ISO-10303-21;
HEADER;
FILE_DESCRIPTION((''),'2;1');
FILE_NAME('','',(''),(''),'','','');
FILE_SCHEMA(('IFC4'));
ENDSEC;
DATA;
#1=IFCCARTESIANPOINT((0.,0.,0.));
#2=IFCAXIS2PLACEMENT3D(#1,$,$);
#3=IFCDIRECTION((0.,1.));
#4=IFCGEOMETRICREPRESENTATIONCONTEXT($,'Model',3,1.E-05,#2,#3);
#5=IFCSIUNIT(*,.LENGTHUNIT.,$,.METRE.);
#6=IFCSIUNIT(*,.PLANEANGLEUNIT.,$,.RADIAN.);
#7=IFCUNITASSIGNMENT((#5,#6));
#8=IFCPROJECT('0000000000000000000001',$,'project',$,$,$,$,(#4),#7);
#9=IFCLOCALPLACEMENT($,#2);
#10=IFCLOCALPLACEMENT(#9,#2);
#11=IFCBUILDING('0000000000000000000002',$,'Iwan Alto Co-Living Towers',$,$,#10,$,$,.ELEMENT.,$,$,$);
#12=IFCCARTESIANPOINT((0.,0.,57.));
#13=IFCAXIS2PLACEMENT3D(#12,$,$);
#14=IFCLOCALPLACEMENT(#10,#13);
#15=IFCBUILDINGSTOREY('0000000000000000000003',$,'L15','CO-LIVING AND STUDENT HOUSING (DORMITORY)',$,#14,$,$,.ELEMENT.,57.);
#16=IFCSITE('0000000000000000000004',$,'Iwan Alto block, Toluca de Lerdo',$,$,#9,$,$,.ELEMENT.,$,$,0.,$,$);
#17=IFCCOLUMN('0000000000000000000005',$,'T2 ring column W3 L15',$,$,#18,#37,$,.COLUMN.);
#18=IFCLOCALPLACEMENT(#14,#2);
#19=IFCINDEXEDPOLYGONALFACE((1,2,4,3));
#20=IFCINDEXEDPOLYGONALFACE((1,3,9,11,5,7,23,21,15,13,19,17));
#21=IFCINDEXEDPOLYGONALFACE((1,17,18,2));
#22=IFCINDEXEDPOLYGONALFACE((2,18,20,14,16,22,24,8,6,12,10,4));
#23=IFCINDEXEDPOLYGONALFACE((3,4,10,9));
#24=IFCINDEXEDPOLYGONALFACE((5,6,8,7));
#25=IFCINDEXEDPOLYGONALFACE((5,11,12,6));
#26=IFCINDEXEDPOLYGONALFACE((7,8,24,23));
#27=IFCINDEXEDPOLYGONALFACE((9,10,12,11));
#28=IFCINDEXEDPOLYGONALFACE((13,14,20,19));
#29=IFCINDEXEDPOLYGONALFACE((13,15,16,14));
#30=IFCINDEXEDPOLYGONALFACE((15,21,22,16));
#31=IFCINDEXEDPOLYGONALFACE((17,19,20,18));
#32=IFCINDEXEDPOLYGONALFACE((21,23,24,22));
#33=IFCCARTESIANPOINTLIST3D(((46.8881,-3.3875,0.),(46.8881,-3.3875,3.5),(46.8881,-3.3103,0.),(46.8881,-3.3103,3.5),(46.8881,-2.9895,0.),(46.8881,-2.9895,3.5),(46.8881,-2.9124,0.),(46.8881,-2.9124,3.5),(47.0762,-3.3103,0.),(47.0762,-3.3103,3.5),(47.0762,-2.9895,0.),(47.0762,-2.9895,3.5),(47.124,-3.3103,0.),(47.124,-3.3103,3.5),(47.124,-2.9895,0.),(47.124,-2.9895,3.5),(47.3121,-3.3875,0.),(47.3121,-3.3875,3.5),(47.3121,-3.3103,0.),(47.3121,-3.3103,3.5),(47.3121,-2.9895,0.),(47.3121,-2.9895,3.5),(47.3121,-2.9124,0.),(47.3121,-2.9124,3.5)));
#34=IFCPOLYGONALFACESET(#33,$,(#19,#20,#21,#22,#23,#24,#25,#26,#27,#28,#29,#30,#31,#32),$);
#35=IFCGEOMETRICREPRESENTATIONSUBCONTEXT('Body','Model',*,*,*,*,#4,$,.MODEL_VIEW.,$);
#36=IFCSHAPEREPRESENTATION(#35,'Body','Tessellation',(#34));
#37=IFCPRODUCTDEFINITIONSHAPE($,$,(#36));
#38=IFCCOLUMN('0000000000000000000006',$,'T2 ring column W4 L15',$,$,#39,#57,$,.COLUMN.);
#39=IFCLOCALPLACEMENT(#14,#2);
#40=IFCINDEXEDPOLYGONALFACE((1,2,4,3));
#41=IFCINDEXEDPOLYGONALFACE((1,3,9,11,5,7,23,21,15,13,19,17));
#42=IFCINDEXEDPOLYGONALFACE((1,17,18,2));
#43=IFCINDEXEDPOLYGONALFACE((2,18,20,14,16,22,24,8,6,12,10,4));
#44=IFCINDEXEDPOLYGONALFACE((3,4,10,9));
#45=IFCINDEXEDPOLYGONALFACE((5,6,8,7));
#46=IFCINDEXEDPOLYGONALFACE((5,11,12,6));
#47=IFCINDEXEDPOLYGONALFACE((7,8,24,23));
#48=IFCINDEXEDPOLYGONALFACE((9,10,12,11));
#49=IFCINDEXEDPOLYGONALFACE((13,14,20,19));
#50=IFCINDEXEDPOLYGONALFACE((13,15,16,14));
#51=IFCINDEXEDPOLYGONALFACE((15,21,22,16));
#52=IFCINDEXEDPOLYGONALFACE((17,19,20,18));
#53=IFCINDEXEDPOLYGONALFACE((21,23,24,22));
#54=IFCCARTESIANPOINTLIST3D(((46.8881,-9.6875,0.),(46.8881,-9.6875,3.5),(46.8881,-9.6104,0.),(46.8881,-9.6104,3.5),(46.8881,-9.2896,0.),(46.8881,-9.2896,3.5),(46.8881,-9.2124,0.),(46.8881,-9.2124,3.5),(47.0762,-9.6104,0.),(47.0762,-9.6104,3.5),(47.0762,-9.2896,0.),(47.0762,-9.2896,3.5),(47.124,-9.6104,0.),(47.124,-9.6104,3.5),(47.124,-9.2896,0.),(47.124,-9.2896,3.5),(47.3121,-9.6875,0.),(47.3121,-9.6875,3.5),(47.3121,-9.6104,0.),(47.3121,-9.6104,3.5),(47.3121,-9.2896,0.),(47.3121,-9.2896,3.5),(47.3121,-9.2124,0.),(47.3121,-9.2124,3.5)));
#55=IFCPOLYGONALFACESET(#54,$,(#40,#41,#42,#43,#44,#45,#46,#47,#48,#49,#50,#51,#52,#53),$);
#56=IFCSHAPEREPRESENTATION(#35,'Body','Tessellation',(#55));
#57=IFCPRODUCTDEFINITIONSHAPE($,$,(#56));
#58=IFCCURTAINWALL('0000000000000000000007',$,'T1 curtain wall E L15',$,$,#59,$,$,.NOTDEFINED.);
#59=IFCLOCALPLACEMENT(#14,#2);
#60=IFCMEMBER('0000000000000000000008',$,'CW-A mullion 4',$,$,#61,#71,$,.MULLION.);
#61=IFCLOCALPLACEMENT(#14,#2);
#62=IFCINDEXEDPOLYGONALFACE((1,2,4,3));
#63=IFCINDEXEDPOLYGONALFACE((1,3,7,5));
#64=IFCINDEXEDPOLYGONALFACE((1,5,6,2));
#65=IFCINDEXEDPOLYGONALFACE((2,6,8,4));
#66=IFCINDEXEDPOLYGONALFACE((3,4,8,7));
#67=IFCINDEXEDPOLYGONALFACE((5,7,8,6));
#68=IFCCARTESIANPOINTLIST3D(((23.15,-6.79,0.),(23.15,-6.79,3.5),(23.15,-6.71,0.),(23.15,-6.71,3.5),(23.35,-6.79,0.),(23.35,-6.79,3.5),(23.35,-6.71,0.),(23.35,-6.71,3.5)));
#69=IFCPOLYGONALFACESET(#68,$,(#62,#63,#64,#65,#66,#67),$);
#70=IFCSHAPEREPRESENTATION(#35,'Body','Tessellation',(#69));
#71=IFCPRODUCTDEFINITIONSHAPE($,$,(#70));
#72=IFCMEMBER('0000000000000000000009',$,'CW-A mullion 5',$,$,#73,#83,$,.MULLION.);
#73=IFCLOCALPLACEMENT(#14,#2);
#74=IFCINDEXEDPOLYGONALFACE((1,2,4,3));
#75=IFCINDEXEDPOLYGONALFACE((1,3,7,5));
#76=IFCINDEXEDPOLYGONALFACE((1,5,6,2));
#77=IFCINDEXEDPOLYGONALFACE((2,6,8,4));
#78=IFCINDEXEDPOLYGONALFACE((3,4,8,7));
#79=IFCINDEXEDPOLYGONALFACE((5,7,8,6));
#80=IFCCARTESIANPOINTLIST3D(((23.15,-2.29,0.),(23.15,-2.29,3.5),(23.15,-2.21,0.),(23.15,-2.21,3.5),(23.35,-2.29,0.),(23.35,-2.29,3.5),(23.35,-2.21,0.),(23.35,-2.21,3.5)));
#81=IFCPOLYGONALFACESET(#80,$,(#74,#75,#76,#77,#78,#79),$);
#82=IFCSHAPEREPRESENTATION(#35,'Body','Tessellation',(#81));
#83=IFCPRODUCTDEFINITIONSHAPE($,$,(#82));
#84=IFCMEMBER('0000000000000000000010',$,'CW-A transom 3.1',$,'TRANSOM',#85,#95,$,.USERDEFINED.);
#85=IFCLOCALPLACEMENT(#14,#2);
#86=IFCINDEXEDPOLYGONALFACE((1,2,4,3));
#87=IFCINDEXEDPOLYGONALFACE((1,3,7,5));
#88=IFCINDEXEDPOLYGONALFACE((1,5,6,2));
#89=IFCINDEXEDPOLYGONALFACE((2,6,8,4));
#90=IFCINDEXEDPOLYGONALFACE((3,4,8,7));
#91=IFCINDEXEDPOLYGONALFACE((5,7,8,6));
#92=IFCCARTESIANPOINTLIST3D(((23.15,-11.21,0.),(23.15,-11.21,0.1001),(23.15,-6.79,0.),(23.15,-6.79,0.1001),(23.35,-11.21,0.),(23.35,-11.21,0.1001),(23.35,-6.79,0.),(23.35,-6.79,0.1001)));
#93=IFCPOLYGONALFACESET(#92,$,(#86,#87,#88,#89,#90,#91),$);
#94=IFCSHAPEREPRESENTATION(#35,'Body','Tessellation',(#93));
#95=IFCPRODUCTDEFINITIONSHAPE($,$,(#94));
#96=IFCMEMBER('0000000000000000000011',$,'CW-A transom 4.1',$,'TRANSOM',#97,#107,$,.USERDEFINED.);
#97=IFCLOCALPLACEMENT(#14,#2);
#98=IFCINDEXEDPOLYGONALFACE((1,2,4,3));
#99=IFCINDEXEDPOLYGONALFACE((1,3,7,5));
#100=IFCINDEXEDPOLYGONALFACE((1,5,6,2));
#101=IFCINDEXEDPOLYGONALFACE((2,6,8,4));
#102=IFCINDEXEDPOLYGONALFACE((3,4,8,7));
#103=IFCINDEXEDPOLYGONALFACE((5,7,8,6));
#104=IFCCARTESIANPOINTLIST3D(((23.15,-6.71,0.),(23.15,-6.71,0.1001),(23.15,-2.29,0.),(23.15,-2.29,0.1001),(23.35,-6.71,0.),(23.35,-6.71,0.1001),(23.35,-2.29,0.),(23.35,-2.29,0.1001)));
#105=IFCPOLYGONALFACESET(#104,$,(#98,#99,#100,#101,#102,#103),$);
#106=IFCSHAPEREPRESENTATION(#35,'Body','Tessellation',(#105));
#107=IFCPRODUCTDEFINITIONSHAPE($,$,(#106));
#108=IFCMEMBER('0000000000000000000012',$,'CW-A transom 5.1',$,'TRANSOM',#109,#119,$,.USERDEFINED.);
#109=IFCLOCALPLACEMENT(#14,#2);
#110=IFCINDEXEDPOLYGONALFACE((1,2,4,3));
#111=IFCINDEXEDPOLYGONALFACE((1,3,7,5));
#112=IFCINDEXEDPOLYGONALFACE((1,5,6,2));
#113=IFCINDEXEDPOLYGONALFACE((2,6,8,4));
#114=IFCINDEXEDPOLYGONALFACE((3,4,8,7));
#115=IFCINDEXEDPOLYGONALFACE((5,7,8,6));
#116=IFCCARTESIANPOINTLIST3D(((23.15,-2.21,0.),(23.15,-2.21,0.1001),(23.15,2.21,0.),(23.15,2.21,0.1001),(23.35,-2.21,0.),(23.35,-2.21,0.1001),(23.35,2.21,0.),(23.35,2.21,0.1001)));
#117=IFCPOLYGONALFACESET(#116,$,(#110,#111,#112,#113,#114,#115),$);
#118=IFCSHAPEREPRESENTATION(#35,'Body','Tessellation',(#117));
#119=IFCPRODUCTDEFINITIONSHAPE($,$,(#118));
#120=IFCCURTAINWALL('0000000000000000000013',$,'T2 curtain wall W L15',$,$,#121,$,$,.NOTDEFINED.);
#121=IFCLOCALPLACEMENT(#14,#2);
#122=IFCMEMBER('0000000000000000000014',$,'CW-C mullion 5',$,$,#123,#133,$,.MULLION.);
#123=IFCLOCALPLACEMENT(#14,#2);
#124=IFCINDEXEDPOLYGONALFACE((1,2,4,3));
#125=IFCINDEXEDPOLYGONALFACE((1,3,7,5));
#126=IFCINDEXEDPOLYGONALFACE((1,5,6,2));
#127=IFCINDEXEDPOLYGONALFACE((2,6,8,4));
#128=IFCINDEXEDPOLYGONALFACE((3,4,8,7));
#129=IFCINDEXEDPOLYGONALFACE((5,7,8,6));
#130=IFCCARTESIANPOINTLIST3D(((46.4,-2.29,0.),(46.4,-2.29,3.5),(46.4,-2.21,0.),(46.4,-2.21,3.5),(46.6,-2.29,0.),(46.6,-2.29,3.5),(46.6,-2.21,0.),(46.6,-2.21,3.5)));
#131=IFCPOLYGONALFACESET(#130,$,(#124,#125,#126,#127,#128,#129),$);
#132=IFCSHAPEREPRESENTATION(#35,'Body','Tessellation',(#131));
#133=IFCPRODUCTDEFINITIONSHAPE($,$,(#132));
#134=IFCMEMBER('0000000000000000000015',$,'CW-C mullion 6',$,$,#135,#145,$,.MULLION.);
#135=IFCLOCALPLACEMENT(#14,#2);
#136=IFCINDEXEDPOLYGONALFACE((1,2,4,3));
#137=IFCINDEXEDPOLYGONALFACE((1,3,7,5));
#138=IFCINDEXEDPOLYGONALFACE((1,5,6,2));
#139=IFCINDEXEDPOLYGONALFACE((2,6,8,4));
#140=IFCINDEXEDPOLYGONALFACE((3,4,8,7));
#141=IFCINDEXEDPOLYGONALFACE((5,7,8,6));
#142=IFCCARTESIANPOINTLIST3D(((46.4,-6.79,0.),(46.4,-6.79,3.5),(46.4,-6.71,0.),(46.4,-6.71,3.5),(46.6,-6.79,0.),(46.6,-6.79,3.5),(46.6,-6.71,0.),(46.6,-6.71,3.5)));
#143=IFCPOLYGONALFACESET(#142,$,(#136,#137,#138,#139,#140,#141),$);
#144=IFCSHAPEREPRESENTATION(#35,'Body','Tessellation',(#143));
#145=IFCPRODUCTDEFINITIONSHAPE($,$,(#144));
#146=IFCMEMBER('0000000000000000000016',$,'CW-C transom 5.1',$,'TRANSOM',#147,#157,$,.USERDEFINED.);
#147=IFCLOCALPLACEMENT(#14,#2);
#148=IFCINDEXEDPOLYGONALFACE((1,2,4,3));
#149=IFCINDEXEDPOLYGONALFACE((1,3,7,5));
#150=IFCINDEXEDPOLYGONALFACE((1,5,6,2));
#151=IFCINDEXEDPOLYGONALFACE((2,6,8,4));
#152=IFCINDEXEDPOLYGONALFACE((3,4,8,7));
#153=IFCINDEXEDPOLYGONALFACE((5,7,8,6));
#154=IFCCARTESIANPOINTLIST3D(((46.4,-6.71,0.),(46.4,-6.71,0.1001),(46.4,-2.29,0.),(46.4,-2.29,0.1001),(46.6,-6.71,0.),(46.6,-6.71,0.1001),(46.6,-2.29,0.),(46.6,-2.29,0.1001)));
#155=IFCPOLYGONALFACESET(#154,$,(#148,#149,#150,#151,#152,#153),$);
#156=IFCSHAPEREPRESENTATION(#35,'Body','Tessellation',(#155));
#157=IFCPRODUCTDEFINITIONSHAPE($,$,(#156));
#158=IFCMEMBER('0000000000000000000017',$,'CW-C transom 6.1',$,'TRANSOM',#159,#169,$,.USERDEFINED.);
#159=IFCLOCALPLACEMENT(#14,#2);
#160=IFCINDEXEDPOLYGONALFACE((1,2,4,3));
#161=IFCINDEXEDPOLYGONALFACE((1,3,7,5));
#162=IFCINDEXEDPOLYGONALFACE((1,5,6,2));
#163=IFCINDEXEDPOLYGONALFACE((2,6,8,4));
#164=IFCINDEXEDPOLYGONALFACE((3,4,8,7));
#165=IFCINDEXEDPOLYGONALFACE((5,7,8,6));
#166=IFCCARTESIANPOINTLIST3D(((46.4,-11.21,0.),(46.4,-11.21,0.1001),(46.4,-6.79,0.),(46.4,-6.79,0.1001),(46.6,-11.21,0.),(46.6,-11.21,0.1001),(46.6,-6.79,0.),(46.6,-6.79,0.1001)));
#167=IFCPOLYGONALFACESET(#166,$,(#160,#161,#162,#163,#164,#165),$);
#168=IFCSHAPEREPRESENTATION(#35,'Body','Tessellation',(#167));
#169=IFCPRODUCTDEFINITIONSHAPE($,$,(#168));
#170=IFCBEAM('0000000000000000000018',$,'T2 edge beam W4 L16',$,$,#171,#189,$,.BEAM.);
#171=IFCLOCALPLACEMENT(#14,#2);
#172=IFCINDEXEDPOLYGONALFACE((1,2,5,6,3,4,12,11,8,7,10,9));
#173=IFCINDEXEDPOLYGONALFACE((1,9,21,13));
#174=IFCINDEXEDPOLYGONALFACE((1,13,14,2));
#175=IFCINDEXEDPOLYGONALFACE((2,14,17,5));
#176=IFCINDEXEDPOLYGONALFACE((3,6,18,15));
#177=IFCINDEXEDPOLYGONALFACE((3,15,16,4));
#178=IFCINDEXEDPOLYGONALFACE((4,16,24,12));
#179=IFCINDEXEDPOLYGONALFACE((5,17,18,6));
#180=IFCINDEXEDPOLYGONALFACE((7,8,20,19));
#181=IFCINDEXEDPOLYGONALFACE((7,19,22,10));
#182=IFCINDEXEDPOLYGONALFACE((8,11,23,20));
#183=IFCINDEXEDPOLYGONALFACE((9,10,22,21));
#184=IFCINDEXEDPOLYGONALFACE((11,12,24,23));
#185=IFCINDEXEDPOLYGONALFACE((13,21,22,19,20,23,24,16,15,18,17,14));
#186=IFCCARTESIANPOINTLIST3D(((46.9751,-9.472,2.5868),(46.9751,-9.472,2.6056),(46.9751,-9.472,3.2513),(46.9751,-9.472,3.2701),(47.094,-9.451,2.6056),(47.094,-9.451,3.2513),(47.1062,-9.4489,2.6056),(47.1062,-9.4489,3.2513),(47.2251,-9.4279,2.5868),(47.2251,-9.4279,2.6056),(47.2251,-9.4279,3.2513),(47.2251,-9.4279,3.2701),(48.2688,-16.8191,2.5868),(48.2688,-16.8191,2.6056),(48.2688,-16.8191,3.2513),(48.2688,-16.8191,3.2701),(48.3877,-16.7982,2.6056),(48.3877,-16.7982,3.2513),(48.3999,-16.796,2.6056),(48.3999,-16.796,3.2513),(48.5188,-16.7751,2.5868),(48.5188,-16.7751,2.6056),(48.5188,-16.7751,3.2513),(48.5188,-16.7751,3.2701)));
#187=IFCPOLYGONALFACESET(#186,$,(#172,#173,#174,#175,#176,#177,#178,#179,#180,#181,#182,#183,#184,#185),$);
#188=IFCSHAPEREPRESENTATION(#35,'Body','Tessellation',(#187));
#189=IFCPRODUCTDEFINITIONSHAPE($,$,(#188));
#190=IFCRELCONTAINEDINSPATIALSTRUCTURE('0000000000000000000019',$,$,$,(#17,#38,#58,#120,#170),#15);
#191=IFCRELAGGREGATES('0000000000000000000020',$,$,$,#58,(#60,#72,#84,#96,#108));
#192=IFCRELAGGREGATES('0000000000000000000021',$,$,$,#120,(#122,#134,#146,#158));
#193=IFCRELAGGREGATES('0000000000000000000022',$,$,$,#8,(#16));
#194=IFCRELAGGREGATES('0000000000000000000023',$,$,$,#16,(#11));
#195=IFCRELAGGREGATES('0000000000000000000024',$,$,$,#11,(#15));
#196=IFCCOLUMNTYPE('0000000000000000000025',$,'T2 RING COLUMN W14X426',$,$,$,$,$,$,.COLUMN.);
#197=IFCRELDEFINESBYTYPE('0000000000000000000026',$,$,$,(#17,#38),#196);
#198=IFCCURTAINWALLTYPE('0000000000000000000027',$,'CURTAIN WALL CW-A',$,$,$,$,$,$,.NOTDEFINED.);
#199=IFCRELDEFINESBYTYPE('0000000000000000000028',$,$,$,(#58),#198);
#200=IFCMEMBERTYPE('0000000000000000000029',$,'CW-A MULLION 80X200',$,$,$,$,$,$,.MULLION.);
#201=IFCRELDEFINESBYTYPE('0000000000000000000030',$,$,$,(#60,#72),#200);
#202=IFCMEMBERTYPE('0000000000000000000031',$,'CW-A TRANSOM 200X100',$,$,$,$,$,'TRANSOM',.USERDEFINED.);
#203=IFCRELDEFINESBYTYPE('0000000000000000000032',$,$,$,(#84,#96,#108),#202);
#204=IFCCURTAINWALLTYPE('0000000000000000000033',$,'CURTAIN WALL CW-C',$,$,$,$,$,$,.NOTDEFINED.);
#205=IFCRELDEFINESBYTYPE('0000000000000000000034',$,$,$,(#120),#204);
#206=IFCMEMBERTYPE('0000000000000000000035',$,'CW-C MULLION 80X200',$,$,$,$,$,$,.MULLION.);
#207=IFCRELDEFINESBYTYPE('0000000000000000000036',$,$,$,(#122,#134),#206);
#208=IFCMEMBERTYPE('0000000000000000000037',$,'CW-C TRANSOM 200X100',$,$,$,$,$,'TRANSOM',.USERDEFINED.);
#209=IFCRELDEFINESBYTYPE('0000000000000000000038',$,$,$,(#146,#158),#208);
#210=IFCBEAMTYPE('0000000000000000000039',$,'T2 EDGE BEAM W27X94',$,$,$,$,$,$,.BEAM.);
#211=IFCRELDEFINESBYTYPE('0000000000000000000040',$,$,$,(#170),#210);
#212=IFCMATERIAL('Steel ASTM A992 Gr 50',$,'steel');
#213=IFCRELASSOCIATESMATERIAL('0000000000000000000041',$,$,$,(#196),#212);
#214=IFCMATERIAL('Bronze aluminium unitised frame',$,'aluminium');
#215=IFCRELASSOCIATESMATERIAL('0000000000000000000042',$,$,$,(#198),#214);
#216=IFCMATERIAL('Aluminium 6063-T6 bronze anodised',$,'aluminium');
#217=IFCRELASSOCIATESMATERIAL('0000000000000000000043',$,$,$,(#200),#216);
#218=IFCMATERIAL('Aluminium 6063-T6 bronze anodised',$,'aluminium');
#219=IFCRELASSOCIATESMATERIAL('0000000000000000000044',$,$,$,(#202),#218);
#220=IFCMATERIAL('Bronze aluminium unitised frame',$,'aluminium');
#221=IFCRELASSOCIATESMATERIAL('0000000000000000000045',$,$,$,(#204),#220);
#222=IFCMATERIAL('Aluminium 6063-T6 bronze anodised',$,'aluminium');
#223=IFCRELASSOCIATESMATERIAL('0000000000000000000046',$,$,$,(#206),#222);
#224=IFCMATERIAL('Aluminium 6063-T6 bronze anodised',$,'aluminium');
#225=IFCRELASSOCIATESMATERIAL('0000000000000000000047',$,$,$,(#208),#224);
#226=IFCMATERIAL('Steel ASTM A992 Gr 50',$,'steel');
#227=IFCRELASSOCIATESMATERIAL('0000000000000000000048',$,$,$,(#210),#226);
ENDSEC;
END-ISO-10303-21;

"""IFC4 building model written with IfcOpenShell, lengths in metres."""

from ifc_helpers import new_model, si_unit, direction, frame, origin, origin_2d, place, context, subcontext, project, spatial, rectangle, i_section, extrude, material, material_profile, profile_set, type_object, element, aggregate, save


model = new_model("IFC4")

# Units and contexts
model_context = context("Model", 3, precision=1e-05, world=origin(), true_north=direction((0.0, 1.0)))
body_context = subcontext(model_context, "Body", "Model", "MODEL_VIEW")
ifc_project = project(units=[si_unit("LENGTHUNIT", "METRE"), si_unit("PLANEANGLEUNIT", "RADIAN")], contexts=[model_context])

# Site, building, storey
site_placement = place(None, origin())
site = spatial("IfcSite", under=ifc_project, at=site_placement, Name="Iwan Alto block, Toluca de Lerdo", CompositionType="ELEMENT", RefElevation=0.0)
building_placement = place(site_placement, origin())
building = spatial("IfcBuilding", under=site, at=building_placement, Name="Iwan Alto Co-Living Towers", CompositionType="ELEMENT")
storey_placement = place(building_placement, frame((0.0, 0.0, 57.0)))
storey = spatial("IfcBuildingStorey", under=building, at=storey_placement, Name="L15", Description="CO-LIVING AND STUDENT HOUSING (DORMITORY)", CompositionType="ELEMENT", Elevation=57.0)

# Columns
ifc_material_1 = material(Name="Steel ASTM A992 Gr 50", Category="steel")
ifc_material_profile_1 = material_profile(ifc_material_1, i_section(OverallWidth=0.4241, OverallDepth=0.4751, WebThickness=0.0479, FlangeThickness=0.0771, at=origin_2d()), Name="W14X426")
ifc_profile_set_1 = profile_set([ifc_material_profile_1], Name="Steel ASTM A992 Gr 50")
column_type = type_object("IfcColumnType", Name="T2 RING COLUMN W14X426", PredefinedType="COLUMN", material=ifc_profile_set_1)
for number, where, z_axis, x_axis, name in (
    (1, (47.1001, -3.1499, 0.0), (0.0, 0.0, 1.0), (1.0, 0.0, 0.0), "T2 ring column W3 L15"),
    (2, (47.1001, -9.45, 0.0), (0.0, 0.0, 1.0), (1.0, 0.0, 0.0), "T2 ring column W4 L15"),
):
    element("IfcColumn", number, at=place(storey_placement, frame(where, z_axis=z_axis, x_axis=x_axis)), inside=storey, type_object=column_type, Name=name, PredefinedType="COLUMN", context=body_context, shape_type="SweptSolid", body=[
        extrude(i_section(OverallWidth=0.4241, OverallDepth=0.4751, WebThickness=0.0479, FlangeThickness=0.0771, at=origin_2d()), origin(), (0.0, 0.0, 1.0), 3.5),
    ])

# Curtain walls, members
ifc_material_2 = material(Name="Bronze aluminium unitised frame", Category="aluminium")
curtain_wall_type_1 = type_object("IfcCurtainWallType", Name="CURTAIN WALL CW-A", PredefinedType="NOTDEFINED", material=ifc_material_2)
curtain_wall_1_placement = place(storey_placement, origin())
curtain_wall_1 = element("IfcCurtainWall", 3, at=curtain_wall_1_placement, inside=storey, type_object=curtain_wall_type_1, Name="T1 curtain wall E L15", PredefinedType="NOTDEFINED")
ifc_material_3 = material(Name="Aluminium 6063-T6 bronze anodised", Category="aluminium")
ifc_material_profile_2 = material_profile(ifc_material_3, rectangle(XDim=0.2, YDim=0.0801, at=origin_2d()), Name="AL 80X200")
ifc_profile_set_2 = profile_set([ifc_material_profile_2], Name="Aluminium 6063-T6 bronze anodised")
member_type_1 = type_object("IfcMemberType", Name="CW-A MULLION 80X200", PredefinedType="MULLION", material=ifc_profile_set_2)
member_1_placement = place(storey_placement, frame((23.25, -6.75, 0.0), z_axis=(0.0, 0.0, 1.0), x_axis=(-1.0, 0.0, 0.0)))
member_1 = element("IfcMember", 4, at=member_1_placement, type_object=member_type_1, Name="CW-A mullion 4", PredefinedType="MULLION", context=body_context, shape_type="SweptSolid", body=[
    extrude(rectangle(XDim=0.2, YDim=0.0801, at=origin_2d()), origin(), (0.0, 0.0, 1.0), 3.5),
])
member_2_placement = place(storey_placement, frame((23.25, -2.25, 0.0), z_axis=(0.0, 0.0, 1.0), x_axis=(-1.0, 0.0, 0.0)))
member_2 = element("IfcMember", 5, at=member_2_placement, type_object=member_type_1, Name="CW-A mullion 5", PredefinedType="MULLION", context=body_context, shape_type="SweptSolid", body=[
    extrude(rectangle(XDim=0.2, YDim=0.0801, at=origin_2d()), origin(), (0.0, 0.0, 1.0), 3.5),
])
ifc_material_4 = material(Name="Aluminium 6063-T6 bronze anodised", Category="aluminium")
ifc_material_profile_3 = material_profile(ifc_material_4, rectangle(XDim=0.2, YDim=0.1001, at=origin_2d()), Name="AL 200X100")
ifc_profile_set_3 = profile_set([ifc_material_profile_3], Name="Aluminium 6063-T6 bronze anodised")
member_type_2 = type_object("IfcMemberType", Name="CW-A TRANSOM 200X100", ElementType="TRANSOM", PredefinedType="USERDEFINED", material=ifc_profile_set_3)
member_3_placement = place(storey_placement, frame((23.25, -11.21, 0.05), z_axis=(0.0, 1.0, 0.0), x_axis=(-1.0, 0.0, 0.0)))
member_3 = element("IfcMember", 6, at=member_3_placement, type_object=member_type_2, Name="CW-A transom 3.1", ObjectType="TRANSOM", PredefinedType="USERDEFINED", context=body_context, shape_type="SweptSolid", body=[
    extrude(rectangle(XDim=0.2, YDim=0.1001, at=origin_2d()), origin(), (0.0, 0.0, 1.0), 4.4199),
])
member_4_placement = place(storey_placement, frame((23.25, -6.71, 0.05), z_axis=(0.0, 1.0, 0.0), x_axis=(-1.0, 0.0, 0.0)))
member_4 = element("IfcMember", 7, at=member_4_placement, type_object=member_type_2, Name="CW-A transom 4.1", ObjectType="TRANSOM", PredefinedType="USERDEFINED", context=body_context, shape_type="SweptSolid", body=[
    extrude(rectangle(XDim=0.2, YDim=0.1001, at=origin_2d()), origin(), (0.0, 0.0, 1.0), 4.4199),
])
member_5_placement = place(storey_placement, frame((23.25, -2.21, 0.05), z_axis=(0.0, 1.0, 0.0), x_axis=(-1.0, 0.0, 0.0)))
member_5 = element("IfcMember", 8, at=member_5_placement, type_object=member_type_2, Name="CW-A transom 5.1", ObjectType="TRANSOM", PredefinedType="USERDEFINED", context=body_context, shape_type="SweptSolid", body=[
    extrude(rectangle(XDim=0.2, YDim=0.1001, at=origin_2d()), origin(), (0.0, 0.0, 1.0), 4.4199),
])
ifc_material_5 = material(Name="Bronze aluminium unitised frame", Category="aluminium")
curtain_wall_type_2 = type_object("IfcCurtainWallType", Name="CURTAIN WALL CW-C", PredefinedType="NOTDEFINED", material=ifc_material_5)
curtain_wall_2_placement = place(storey_placement, origin())
curtain_wall_2 = element("IfcCurtainWall", 9, at=curtain_wall_2_placement, inside=storey, type_object=curtain_wall_type_2, Name="T2 curtain wall W L15", PredefinedType="NOTDEFINED")
ifc_material_6 = material(Name="Aluminium 6063-T6 bronze anodised", Category="aluminium")
ifc_material_profile_4 = material_profile(ifc_material_6, rectangle(XDim=0.2, YDim=0.0801, at=origin_2d()), Name="AL 80X200")
ifc_profile_set_4 = profile_set([ifc_material_profile_4], Name="Aluminium 6063-T6 bronze anodised")
member_type_3 = type_object("IfcMemberType", Name="CW-C MULLION 80X200", PredefinedType="MULLION", material=ifc_profile_set_4)
member_6_placement = place(storey_placement, frame((46.5, -2.25, 0.0), z_axis=(0.0, 0.0, 1.0), x_axis=(1.0, 0.0, 0.0)))
member_6 = element("IfcMember", 10, at=member_6_placement, type_object=member_type_3, Name="CW-C mullion 5", PredefinedType="MULLION", context=body_context, shape_type="SweptSolid", body=[
    extrude(rectangle(XDim=0.2, YDim=0.0801, at=origin_2d()), origin(), (0.0, 0.0, 1.0), 3.5),
])
member_7_placement = place(storey_placement, frame((46.5, -6.75, 0.0), z_axis=(0.0, 0.0, 1.0), x_axis=(1.0, 0.0, 0.0)))
member_7 = element("IfcMember", 11, at=member_7_placement, type_object=member_type_3, Name="CW-C mullion 6", PredefinedType="MULLION", context=body_context, shape_type="SweptSolid", body=[
    extrude(rectangle(XDim=0.2, YDim=0.0801, at=origin_2d()), origin(), (0.0, 0.0, 1.0), 3.5),
])
ifc_material_7 = material(Name="Aluminium 6063-T6 bronze anodised", Category="aluminium")
ifc_material_profile_5 = material_profile(ifc_material_7, rectangle(XDim=0.2, YDim=0.1001, at=origin_2d()), Name="AL 200X100")
ifc_profile_set_5 = profile_set([ifc_material_profile_5], Name="Aluminium 6063-T6 bronze anodised")
member_type_4 = type_object("IfcMemberType", Name="CW-C TRANSOM 200X100", ElementType="TRANSOM", PredefinedType="USERDEFINED", material=ifc_profile_set_5)
member_8_placement = place(storey_placement, frame((46.5, -2.29, 0.05), z_axis=(0.0, -1.0, 0.0), x_axis=(1.0, 0.0, 0.0)))
member_8 = element("IfcMember", 12, at=member_8_placement, type_object=member_type_4, Name="CW-C transom 5.1", ObjectType="TRANSOM", PredefinedType="USERDEFINED", context=body_context, shape_type="SweptSolid", body=[
    extrude(rectangle(XDim=0.2, YDim=0.1001, at=origin_2d()), origin(), (0.0, 0.0, 1.0), 4.4199),
])
member_9_placement = place(storey_placement, frame((46.5, -6.79, 0.05), z_axis=(0.0, -1.0, 0.0), x_axis=(1.0, 0.0, 0.0)))
member_9 = element("IfcMember", 13, at=member_9_placement, type_object=member_type_4, Name="CW-C transom 6.1", ObjectType="TRANSOM", PredefinedType="USERDEFINED", context=body_context, shape_type="SweptSolid", body=[
    extrude(rectangle(XDim=0.2, YDim=0.1001, at=origin_2d()), origin(), (0.0, 0.0, 1.0), 4.4199),
])

# Beam
ifc_material_8 = material(Name="Steel ASTM A992 Gr 50", Category="steel")
ifc_material_profile_6 = material_profile(ifc_material_8, i_section(OverallWidth=0.2539, OverallDepth=0.6833, WebThickness=0.0125, FlangeThickness=0.0188, at=origin_2d()), Name="W27X94")
ifc_profile_set_6 = profile_set([ifc_material_profile_6], Name="Steel ASTM A992 Gr 50")
beam_type_1 = type_object("IfcBeamType", Name="T2 EDGE BEAM W27X94", PredefinedType="BEAM", material=ifc_profile_set_6)
beam_1_placement = place(storey_placement, frame((47.1001, -9.45, 2.9285), z_axis=(0.173414, -0.984849, 0.0), x_axis=(0.984849, 0.173414, 0.0)))
element("IfcBeam", 14, at=beam_1_placement, inside=storey, type_object=beam_type_1, Name="T2 edge beam W4 L16", PredefinedType="BEAM", context=body_context, shape_type="SweptSolid", body=[
    extrude(i_section(OverallWidth=0.2539, OverallDepth=0.6833, WebThickness=0.0125, FlangeThickness=0.0188, at=origin_2d()), origin(), (0.0, 0.0, 1.0), 7.4602),
])

aggregate(curtain_wall_1, [member_1, member_2, member_3, member_4, member_5])
aggregate(curtain_wall_2, [member_6, member_7, member_8, member_9])

save(model, "model.ifc")
